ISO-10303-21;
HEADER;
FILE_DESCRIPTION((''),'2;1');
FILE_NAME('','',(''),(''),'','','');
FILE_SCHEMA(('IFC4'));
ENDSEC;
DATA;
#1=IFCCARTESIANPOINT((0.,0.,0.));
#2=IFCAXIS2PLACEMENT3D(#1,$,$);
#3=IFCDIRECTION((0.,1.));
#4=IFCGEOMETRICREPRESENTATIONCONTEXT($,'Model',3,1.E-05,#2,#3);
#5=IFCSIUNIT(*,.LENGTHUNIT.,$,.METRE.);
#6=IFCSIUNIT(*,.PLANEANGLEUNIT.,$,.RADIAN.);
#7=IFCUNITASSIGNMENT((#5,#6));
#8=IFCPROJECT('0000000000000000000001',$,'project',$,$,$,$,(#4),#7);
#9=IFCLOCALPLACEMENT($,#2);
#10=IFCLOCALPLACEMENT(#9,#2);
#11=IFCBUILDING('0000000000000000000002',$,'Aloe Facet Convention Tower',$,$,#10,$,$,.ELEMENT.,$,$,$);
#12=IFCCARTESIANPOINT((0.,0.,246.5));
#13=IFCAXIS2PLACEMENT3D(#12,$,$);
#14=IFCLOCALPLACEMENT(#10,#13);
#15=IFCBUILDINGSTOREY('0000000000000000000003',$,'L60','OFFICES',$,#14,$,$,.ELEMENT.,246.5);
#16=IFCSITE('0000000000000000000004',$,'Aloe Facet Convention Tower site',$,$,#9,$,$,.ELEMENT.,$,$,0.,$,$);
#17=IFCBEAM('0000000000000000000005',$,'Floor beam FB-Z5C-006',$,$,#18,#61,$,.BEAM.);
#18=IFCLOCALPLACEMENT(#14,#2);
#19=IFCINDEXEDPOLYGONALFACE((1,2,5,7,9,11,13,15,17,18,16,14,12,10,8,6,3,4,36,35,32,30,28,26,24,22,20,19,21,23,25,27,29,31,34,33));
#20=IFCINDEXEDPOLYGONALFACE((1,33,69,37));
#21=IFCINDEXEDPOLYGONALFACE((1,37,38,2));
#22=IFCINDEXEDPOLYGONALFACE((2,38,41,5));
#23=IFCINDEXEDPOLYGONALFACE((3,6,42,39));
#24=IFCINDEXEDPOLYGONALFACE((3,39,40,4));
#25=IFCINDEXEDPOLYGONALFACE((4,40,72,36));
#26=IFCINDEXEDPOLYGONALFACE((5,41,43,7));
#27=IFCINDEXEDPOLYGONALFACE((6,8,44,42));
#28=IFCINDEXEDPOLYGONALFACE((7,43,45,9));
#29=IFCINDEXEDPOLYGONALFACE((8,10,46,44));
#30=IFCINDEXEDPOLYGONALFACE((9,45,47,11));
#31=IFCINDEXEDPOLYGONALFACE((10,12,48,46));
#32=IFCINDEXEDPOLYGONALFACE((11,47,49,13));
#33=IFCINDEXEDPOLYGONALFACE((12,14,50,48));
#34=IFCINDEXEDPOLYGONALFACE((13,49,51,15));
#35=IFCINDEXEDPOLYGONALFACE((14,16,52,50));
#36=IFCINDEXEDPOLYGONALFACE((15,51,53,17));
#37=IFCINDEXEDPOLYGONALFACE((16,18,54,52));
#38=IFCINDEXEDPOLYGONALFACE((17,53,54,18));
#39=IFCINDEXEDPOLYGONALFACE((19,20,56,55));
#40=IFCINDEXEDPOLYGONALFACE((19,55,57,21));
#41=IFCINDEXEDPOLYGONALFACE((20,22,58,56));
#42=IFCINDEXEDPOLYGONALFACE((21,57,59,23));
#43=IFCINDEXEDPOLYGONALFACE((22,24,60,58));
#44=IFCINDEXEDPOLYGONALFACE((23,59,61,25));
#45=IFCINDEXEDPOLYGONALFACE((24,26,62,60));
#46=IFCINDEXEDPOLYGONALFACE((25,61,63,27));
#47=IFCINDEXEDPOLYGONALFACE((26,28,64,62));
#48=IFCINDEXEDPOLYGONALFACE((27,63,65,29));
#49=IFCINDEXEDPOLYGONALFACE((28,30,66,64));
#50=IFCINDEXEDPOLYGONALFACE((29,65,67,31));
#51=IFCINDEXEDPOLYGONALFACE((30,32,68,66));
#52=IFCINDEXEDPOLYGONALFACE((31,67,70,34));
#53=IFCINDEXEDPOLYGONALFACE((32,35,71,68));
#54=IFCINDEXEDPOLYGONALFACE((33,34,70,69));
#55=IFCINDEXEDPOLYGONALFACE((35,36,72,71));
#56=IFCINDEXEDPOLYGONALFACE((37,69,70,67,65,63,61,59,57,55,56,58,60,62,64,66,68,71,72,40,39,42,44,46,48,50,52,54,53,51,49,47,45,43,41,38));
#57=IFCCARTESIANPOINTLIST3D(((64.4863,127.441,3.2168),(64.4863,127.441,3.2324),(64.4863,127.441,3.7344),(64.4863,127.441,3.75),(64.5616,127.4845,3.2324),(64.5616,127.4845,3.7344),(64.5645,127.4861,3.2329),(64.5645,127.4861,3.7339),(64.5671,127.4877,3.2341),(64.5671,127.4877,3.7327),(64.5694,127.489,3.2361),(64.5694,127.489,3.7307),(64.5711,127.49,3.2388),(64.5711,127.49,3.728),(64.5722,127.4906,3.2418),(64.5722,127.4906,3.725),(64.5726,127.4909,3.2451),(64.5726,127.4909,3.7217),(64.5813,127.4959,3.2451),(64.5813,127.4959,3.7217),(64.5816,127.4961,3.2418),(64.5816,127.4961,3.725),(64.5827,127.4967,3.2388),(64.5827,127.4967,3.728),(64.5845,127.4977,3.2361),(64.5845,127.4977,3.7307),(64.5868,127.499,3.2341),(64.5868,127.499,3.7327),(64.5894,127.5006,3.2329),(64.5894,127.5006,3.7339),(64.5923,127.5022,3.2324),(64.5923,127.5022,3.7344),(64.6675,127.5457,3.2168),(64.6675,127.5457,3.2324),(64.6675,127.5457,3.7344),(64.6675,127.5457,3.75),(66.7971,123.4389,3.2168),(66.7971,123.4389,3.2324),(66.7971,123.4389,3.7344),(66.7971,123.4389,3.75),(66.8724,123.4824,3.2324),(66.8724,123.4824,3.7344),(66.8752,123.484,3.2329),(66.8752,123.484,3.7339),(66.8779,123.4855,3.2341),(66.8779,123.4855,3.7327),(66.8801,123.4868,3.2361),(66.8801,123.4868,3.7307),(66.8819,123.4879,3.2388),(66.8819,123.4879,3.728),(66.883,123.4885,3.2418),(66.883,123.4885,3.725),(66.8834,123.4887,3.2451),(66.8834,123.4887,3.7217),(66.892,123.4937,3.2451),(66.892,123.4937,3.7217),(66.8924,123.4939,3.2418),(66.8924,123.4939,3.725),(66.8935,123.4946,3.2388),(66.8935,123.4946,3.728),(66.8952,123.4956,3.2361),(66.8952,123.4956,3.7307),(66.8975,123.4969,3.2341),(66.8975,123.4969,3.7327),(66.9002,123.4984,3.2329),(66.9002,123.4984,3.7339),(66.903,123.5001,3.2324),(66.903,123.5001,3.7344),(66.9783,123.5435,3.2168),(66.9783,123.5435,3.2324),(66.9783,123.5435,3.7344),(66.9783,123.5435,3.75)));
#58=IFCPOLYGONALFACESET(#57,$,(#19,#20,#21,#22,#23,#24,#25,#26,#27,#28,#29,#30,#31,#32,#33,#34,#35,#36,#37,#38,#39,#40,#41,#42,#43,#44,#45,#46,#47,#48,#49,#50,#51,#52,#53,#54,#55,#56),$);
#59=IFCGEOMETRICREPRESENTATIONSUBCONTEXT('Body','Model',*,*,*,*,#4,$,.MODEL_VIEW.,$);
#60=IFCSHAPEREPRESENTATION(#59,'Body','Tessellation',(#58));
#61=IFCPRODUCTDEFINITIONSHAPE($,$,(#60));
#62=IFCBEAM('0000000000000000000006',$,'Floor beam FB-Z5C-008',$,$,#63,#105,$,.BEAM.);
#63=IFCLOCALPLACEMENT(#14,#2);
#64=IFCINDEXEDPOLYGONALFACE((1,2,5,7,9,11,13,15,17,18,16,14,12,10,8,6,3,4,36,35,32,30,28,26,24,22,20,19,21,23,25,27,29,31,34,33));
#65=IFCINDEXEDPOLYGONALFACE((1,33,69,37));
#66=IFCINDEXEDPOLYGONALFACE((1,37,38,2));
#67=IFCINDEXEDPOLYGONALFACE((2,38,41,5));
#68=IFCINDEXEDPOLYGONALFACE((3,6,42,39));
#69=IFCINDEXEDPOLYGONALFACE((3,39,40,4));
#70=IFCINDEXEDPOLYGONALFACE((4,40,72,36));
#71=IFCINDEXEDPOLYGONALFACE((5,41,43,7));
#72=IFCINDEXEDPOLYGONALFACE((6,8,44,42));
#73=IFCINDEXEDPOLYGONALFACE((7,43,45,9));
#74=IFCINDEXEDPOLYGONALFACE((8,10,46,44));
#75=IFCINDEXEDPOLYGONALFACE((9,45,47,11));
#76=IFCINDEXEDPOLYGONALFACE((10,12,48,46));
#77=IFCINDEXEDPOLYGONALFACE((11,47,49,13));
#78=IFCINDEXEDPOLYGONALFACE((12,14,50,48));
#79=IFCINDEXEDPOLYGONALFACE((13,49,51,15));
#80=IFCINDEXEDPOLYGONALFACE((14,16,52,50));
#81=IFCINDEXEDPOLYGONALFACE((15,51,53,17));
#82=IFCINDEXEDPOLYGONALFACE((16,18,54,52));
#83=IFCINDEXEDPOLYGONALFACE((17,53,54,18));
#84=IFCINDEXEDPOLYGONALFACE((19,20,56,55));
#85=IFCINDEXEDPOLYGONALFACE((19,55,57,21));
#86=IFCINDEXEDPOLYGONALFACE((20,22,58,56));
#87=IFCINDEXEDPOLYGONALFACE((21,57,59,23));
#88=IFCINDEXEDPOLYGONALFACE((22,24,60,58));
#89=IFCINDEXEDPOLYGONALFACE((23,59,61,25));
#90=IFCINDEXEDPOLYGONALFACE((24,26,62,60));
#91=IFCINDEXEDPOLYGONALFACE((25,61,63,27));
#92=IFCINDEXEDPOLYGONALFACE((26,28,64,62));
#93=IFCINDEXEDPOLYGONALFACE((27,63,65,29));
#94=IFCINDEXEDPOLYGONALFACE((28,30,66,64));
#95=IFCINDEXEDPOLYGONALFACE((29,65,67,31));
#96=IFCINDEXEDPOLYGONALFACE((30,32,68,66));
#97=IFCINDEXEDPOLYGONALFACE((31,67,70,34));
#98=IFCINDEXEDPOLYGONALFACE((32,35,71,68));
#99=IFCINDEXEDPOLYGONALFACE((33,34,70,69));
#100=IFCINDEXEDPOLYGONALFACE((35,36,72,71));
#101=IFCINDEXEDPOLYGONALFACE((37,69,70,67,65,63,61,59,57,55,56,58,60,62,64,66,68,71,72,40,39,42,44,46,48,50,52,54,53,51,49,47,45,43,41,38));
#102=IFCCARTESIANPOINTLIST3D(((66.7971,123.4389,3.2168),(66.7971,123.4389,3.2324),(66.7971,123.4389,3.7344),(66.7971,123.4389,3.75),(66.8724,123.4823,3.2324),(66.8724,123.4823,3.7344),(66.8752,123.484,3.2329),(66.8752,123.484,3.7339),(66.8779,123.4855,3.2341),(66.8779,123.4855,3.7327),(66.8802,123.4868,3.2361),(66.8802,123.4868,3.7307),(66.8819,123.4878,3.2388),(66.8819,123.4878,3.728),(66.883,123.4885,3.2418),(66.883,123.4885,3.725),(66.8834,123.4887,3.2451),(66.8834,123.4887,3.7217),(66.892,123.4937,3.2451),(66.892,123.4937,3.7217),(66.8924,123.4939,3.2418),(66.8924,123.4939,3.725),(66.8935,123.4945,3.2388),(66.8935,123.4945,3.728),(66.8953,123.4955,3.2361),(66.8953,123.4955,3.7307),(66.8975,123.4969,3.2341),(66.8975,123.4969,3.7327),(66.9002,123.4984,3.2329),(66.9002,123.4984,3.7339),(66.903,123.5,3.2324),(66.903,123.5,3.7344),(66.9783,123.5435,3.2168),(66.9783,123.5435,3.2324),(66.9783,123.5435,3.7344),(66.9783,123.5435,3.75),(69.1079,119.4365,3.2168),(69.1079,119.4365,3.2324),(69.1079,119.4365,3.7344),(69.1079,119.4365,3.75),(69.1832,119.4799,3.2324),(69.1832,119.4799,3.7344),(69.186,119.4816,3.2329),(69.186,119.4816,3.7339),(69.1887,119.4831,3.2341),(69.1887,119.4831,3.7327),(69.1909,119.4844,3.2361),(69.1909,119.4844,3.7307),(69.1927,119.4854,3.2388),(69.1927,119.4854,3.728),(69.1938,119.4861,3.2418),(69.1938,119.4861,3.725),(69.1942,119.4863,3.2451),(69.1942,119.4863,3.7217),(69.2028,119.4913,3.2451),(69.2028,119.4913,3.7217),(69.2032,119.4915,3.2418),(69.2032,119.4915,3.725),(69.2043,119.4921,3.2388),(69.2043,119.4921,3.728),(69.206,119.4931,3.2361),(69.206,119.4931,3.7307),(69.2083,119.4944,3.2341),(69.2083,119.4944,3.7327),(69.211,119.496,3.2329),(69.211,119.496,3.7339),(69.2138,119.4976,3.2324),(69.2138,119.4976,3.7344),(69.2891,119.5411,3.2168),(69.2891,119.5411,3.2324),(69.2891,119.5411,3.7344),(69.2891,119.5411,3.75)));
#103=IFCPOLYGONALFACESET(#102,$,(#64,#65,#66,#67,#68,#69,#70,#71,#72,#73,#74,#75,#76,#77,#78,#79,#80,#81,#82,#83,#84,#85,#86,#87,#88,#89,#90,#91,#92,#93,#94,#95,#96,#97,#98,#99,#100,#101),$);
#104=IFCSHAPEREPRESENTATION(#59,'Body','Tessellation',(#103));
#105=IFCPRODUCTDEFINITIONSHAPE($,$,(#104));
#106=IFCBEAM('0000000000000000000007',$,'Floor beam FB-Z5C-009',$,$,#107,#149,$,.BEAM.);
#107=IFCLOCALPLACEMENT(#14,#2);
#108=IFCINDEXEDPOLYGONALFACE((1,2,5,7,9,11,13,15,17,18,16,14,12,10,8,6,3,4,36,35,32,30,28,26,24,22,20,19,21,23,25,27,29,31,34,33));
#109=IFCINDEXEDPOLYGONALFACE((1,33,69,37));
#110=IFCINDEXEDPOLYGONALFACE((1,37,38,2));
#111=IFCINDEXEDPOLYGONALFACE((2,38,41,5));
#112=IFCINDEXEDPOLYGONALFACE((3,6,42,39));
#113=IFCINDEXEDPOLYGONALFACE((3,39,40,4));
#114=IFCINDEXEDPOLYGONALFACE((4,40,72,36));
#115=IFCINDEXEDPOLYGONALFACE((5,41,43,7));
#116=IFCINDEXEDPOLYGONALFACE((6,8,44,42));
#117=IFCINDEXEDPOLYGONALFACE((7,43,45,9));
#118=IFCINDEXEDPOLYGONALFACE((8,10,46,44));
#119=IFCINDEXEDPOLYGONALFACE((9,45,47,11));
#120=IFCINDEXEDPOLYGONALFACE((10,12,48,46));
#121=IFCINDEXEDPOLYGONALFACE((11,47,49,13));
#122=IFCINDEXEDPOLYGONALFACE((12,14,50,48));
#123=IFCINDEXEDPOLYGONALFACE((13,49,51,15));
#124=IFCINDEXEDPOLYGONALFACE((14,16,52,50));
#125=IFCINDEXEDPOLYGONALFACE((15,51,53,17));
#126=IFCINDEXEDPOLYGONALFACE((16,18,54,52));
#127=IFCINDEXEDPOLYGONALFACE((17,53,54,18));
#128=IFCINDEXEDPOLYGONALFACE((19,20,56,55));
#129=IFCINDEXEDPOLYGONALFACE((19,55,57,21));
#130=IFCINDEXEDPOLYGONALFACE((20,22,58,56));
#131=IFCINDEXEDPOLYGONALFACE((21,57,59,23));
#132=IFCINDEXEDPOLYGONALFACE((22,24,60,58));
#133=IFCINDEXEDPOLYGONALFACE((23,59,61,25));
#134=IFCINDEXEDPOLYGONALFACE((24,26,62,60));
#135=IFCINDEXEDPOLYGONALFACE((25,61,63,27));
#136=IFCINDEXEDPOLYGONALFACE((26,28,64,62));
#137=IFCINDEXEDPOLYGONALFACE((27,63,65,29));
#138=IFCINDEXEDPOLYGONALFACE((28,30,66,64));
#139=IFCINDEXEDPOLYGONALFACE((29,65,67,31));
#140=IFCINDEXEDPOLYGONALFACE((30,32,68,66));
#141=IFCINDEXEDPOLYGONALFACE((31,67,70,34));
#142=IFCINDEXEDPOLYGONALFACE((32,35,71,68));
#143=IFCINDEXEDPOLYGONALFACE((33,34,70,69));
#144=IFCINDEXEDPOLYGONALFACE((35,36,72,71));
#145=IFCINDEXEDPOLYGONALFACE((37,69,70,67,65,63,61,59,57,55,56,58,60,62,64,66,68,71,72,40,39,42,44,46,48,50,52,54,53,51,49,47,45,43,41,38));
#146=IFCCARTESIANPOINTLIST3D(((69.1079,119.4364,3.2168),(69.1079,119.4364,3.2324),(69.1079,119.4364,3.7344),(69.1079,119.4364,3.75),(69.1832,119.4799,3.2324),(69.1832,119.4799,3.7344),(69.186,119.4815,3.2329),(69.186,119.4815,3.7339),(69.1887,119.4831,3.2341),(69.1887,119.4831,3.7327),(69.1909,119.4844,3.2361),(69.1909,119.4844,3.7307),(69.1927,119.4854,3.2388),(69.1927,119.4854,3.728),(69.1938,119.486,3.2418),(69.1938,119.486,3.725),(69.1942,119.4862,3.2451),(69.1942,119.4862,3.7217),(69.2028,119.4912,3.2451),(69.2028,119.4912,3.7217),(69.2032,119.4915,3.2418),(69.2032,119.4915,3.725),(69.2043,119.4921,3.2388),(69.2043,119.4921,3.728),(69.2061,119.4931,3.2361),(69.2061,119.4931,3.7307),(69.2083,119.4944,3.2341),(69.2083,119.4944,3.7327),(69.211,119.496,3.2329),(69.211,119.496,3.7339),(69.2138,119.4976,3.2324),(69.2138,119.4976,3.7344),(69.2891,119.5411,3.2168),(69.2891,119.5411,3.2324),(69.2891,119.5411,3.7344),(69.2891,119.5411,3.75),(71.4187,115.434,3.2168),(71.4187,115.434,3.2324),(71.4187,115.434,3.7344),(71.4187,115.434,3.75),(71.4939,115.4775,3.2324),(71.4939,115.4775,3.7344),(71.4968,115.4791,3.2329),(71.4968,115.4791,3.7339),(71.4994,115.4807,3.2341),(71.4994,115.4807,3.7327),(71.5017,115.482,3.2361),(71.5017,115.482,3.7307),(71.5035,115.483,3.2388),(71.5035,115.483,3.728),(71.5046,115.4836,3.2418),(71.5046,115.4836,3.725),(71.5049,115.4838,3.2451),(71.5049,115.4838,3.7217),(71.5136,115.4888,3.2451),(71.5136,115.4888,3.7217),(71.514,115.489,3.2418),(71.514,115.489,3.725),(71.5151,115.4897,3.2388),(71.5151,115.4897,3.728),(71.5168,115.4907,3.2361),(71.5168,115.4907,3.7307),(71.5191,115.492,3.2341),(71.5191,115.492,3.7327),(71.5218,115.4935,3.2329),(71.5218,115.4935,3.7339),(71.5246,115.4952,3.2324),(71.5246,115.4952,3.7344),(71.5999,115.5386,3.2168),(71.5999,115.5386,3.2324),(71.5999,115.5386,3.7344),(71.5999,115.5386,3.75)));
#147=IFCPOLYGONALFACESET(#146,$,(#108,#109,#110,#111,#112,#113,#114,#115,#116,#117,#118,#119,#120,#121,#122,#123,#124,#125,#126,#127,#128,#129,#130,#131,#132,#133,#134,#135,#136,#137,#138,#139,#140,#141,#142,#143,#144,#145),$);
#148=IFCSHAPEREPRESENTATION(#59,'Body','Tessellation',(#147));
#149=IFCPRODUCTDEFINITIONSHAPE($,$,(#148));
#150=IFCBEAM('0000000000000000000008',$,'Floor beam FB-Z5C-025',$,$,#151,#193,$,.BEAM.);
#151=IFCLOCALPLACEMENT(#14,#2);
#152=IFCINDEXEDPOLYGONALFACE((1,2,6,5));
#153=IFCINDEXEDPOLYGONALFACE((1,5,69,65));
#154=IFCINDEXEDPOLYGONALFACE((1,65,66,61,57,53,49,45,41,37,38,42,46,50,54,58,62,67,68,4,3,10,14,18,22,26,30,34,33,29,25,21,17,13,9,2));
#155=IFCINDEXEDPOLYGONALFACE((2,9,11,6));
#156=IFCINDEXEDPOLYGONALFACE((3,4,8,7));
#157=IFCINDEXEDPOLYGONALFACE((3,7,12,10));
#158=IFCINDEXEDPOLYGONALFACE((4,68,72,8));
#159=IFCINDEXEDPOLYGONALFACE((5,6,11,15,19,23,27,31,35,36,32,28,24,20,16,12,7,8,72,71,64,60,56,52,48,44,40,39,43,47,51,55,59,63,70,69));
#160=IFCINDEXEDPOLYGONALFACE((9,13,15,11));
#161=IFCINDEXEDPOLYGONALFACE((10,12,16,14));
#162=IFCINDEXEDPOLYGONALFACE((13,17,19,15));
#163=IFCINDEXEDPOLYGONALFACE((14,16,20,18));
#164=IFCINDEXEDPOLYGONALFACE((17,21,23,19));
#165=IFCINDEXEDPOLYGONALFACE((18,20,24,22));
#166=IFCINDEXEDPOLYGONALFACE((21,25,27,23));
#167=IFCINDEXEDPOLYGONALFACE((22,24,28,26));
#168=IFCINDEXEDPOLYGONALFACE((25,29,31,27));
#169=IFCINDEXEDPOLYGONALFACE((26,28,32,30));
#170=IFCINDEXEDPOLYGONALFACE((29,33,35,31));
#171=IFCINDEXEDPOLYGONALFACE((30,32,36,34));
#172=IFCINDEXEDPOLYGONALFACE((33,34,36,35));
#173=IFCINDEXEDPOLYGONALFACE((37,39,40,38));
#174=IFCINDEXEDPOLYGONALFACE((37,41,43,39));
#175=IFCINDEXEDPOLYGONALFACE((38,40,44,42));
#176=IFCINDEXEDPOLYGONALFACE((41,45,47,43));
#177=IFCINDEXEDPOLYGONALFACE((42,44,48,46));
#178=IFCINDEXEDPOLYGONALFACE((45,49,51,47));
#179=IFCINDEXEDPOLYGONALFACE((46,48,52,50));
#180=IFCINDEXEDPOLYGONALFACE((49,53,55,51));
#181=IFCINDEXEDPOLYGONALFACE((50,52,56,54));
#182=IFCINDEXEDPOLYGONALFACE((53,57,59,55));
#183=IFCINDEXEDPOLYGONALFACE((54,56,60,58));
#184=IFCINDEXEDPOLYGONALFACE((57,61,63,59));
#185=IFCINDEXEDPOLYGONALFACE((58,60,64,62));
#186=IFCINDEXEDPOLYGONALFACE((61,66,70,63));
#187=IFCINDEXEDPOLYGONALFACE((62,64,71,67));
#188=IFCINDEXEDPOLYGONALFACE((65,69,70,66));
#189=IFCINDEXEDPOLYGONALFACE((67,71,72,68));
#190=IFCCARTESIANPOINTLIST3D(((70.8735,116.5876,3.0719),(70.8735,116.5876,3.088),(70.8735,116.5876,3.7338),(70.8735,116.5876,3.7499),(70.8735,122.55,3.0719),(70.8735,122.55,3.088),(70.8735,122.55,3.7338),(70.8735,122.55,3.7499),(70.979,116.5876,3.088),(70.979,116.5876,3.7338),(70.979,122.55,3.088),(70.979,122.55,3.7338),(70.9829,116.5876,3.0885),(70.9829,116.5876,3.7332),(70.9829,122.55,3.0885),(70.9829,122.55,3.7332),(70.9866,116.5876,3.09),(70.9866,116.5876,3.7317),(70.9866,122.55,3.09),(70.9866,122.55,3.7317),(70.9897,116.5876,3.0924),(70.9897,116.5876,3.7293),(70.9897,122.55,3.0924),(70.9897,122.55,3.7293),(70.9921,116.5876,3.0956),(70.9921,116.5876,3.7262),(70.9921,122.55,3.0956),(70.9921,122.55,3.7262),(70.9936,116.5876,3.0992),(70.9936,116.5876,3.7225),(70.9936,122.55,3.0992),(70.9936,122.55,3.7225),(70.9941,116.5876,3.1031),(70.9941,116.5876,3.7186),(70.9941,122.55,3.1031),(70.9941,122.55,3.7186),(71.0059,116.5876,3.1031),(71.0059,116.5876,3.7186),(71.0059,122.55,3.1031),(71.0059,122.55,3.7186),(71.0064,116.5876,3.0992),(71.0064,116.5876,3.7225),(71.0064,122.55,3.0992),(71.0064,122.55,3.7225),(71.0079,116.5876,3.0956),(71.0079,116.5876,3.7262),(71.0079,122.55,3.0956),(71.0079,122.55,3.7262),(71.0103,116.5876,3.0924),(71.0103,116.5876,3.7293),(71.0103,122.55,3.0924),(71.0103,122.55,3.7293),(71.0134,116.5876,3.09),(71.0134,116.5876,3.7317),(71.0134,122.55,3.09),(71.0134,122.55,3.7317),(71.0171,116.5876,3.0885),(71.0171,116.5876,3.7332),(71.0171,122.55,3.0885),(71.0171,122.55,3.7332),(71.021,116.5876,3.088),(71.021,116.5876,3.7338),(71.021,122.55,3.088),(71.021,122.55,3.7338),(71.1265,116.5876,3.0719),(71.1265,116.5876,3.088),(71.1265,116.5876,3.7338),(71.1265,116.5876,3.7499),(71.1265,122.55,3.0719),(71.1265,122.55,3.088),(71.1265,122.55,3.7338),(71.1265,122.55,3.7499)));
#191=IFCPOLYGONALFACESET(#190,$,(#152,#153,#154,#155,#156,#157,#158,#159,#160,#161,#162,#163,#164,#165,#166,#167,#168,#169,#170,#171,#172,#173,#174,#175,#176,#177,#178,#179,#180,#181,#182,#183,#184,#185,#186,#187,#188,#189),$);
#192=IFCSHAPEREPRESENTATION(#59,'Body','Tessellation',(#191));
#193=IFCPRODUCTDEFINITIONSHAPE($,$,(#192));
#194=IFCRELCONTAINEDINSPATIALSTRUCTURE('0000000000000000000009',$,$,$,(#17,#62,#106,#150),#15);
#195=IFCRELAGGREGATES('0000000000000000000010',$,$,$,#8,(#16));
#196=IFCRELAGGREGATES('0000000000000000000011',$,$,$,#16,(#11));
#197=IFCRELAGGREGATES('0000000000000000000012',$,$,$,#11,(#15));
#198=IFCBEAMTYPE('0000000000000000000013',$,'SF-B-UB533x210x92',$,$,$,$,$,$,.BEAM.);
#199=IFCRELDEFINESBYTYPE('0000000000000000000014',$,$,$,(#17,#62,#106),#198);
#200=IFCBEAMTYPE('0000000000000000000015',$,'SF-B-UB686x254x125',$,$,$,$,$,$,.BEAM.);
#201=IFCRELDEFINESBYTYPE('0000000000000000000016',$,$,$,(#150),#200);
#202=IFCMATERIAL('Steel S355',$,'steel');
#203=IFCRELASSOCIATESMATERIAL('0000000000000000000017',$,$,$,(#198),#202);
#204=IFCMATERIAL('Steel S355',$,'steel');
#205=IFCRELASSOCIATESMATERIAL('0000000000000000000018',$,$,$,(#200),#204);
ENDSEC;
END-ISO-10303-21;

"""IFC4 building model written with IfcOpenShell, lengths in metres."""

from ifc_helpers import new_model, si_unit, direction, frame, origin, origin_2d, place, context, subcontext, project, spatial, i_section, extrude, material, material_profile, profile_set, type_object, element, save


model = new_model("IFC4")

# Units and contexts
model_context = context("Model", 3, precision=1e-05, world=origin(), true_north=direction((0.0, 1.0)))
body_context = subcontext(model_context, "Body", "Model", "MODEL_VIEW")
ifc_project = project(units=[si_unit("LENGTHUNIT", "METRE"), si_unit("PLANEANGLEUNIT", "RADIAN")], contexts=[model_context])

# Site, building, storey
site_placement = place(None, origin())
site = spatial("IfcSite", under=ifc_project, at=site_placement, Name="Aloe Facet Convention Tower site", CompositionType="ELEMENT", RefElevation=0.0)
building_placement = place(site_placement, origin())
building = spatial("IfcBuilding", under=site, at=building_placement, Name="Aloe Facet Convention Tower", CompositionType="ELEMENT")
storey_placement = place(building_placement, frame((0.0, 0.0, 246.5)))
storey = spatial("IfcBuildingStorey", under=building, at=storey_placement, Name="L60", Description="OFFICES", CompositionType="ELEMENT", Elevation=246.5)

# Beams
ifc_material_1 = material(Name="Steel S355", Category="steel")
ifc_material_profile_1 = material_profile(ifc_material_1, i_section(OverallWidth=0.2092, OverallDepth=0.5332, WebThickness=0.01, FlangeThickness=0.0156, FilletRadius=0.0127, at=origin_2d()), Name="UB 533x210x92")
ifc_profile_set_1 = profile_set([ifc_material_profile_1], Name="Steel S355")
beam_type_1 = type_object("IfcBeamType", Name="SF-B-UB533x210x92", PredefinedType="BEAM", material=ifc_profile_set_1)
beam_1_placement = place(storey_placement, frame((66.8877, 123.4912, 3.4834), z_axis=(-0.50002, 0.866014, 0.0), x_axis=(-0.866014, -0.50002, 0.0)))
element("IfcBeam", 1, at=beam_1_placement, inside=storey, type_object=beam_type_1, Name="Floor beam FB-Z5C-006", PredefinedType="BEAM", context=body_context, shape_type="SweptSolid", body=[
    extrude(i_section(OverallWidth=0.2092, OverallDepth=0.5332, WebThickness=0.01, FlangeThickness=0.0156, FilletRadius=0.0127, at=origin_2d()), origin(), (0.0, 0.0, 1.0), 4.6213),
])
for number, where, z_axis, x_axis, name in (
    (2, (69.1985, 119.4888, 3.4834), (-0.499997, 0.866027, 0.0), (-0.866027, -0.499997, 0.0), "Floor beam FB-Z5C-008"),
    (3, (71.5093, 115.4863, 3.4834), (-0.499997, 0.866027, 0.0), (-0.866027, -0.499997, 0.0), "Floor beam FB-Z5C-009"),
):
    element("IfcBeam", number, at=place(storey_placement, frame(where, z_axis=z_axis, x_axis=x_axis)), inside=storey, type_object=beam_type_1, Name=name, PredefinedType="BEAM", context=body_context, shape_type="SweptSolid", body=[
        extrude(i_section(OverallWidth=0.2092, OverallDepth=0.5332, WebThickness=0.01, FlangeThickness=0.0156, FilletRadius=0.0127, at=origin_2d()), origin(), (0.0, 0.0, 1.0), 4.6216),
    ])
ifc_material_2 = material(Name="Steel S355", Category="steel")
ifc_material_profile_2 = material_profile(ifc_material_2, i_section(OverallWidth=0.2529, OverallDepth=0.678, WebThickness=0.0117, FlangeThickness=0.0161, FilletRadius=0.0151, at=origin_2d()), Name="UB 686x254x125")
ifc_profile_set_2 = profile_set([ifc_material_profile_2], Name="Steel S355")
beam_type_2 = type_object("IfcBeamType", Name="SF-B-UB686x254x125", PredefinedType="BEAM", material=ifc_profile_set_2)
beam_2_placement = place(storey_placement, frame((71.0, 122.55, 3.4109), z_axis=(0.0, -1.0, 0.0), x_axis=(1.0, 0.0, 0.0)))
element("IfcBeam", 4, at=beam_2_placement, inside=storey, type_object=beam_type_2, Name="Floor beam FB-Z5C-025", PredefinedType="BEAM", context=body_context, shape_type="SweptSolid", body=[
    extrude(i_section(OverallWidth=0.2529, OverallDepth=0.678, WebThickness=0.0117, FlangeThickness=0.0161, FilletRadius=0.0151, at=origin_2d()), origin(), (0.0, 0.0, 1.0), 5.9624),
])

save(model, "model.ifc")
